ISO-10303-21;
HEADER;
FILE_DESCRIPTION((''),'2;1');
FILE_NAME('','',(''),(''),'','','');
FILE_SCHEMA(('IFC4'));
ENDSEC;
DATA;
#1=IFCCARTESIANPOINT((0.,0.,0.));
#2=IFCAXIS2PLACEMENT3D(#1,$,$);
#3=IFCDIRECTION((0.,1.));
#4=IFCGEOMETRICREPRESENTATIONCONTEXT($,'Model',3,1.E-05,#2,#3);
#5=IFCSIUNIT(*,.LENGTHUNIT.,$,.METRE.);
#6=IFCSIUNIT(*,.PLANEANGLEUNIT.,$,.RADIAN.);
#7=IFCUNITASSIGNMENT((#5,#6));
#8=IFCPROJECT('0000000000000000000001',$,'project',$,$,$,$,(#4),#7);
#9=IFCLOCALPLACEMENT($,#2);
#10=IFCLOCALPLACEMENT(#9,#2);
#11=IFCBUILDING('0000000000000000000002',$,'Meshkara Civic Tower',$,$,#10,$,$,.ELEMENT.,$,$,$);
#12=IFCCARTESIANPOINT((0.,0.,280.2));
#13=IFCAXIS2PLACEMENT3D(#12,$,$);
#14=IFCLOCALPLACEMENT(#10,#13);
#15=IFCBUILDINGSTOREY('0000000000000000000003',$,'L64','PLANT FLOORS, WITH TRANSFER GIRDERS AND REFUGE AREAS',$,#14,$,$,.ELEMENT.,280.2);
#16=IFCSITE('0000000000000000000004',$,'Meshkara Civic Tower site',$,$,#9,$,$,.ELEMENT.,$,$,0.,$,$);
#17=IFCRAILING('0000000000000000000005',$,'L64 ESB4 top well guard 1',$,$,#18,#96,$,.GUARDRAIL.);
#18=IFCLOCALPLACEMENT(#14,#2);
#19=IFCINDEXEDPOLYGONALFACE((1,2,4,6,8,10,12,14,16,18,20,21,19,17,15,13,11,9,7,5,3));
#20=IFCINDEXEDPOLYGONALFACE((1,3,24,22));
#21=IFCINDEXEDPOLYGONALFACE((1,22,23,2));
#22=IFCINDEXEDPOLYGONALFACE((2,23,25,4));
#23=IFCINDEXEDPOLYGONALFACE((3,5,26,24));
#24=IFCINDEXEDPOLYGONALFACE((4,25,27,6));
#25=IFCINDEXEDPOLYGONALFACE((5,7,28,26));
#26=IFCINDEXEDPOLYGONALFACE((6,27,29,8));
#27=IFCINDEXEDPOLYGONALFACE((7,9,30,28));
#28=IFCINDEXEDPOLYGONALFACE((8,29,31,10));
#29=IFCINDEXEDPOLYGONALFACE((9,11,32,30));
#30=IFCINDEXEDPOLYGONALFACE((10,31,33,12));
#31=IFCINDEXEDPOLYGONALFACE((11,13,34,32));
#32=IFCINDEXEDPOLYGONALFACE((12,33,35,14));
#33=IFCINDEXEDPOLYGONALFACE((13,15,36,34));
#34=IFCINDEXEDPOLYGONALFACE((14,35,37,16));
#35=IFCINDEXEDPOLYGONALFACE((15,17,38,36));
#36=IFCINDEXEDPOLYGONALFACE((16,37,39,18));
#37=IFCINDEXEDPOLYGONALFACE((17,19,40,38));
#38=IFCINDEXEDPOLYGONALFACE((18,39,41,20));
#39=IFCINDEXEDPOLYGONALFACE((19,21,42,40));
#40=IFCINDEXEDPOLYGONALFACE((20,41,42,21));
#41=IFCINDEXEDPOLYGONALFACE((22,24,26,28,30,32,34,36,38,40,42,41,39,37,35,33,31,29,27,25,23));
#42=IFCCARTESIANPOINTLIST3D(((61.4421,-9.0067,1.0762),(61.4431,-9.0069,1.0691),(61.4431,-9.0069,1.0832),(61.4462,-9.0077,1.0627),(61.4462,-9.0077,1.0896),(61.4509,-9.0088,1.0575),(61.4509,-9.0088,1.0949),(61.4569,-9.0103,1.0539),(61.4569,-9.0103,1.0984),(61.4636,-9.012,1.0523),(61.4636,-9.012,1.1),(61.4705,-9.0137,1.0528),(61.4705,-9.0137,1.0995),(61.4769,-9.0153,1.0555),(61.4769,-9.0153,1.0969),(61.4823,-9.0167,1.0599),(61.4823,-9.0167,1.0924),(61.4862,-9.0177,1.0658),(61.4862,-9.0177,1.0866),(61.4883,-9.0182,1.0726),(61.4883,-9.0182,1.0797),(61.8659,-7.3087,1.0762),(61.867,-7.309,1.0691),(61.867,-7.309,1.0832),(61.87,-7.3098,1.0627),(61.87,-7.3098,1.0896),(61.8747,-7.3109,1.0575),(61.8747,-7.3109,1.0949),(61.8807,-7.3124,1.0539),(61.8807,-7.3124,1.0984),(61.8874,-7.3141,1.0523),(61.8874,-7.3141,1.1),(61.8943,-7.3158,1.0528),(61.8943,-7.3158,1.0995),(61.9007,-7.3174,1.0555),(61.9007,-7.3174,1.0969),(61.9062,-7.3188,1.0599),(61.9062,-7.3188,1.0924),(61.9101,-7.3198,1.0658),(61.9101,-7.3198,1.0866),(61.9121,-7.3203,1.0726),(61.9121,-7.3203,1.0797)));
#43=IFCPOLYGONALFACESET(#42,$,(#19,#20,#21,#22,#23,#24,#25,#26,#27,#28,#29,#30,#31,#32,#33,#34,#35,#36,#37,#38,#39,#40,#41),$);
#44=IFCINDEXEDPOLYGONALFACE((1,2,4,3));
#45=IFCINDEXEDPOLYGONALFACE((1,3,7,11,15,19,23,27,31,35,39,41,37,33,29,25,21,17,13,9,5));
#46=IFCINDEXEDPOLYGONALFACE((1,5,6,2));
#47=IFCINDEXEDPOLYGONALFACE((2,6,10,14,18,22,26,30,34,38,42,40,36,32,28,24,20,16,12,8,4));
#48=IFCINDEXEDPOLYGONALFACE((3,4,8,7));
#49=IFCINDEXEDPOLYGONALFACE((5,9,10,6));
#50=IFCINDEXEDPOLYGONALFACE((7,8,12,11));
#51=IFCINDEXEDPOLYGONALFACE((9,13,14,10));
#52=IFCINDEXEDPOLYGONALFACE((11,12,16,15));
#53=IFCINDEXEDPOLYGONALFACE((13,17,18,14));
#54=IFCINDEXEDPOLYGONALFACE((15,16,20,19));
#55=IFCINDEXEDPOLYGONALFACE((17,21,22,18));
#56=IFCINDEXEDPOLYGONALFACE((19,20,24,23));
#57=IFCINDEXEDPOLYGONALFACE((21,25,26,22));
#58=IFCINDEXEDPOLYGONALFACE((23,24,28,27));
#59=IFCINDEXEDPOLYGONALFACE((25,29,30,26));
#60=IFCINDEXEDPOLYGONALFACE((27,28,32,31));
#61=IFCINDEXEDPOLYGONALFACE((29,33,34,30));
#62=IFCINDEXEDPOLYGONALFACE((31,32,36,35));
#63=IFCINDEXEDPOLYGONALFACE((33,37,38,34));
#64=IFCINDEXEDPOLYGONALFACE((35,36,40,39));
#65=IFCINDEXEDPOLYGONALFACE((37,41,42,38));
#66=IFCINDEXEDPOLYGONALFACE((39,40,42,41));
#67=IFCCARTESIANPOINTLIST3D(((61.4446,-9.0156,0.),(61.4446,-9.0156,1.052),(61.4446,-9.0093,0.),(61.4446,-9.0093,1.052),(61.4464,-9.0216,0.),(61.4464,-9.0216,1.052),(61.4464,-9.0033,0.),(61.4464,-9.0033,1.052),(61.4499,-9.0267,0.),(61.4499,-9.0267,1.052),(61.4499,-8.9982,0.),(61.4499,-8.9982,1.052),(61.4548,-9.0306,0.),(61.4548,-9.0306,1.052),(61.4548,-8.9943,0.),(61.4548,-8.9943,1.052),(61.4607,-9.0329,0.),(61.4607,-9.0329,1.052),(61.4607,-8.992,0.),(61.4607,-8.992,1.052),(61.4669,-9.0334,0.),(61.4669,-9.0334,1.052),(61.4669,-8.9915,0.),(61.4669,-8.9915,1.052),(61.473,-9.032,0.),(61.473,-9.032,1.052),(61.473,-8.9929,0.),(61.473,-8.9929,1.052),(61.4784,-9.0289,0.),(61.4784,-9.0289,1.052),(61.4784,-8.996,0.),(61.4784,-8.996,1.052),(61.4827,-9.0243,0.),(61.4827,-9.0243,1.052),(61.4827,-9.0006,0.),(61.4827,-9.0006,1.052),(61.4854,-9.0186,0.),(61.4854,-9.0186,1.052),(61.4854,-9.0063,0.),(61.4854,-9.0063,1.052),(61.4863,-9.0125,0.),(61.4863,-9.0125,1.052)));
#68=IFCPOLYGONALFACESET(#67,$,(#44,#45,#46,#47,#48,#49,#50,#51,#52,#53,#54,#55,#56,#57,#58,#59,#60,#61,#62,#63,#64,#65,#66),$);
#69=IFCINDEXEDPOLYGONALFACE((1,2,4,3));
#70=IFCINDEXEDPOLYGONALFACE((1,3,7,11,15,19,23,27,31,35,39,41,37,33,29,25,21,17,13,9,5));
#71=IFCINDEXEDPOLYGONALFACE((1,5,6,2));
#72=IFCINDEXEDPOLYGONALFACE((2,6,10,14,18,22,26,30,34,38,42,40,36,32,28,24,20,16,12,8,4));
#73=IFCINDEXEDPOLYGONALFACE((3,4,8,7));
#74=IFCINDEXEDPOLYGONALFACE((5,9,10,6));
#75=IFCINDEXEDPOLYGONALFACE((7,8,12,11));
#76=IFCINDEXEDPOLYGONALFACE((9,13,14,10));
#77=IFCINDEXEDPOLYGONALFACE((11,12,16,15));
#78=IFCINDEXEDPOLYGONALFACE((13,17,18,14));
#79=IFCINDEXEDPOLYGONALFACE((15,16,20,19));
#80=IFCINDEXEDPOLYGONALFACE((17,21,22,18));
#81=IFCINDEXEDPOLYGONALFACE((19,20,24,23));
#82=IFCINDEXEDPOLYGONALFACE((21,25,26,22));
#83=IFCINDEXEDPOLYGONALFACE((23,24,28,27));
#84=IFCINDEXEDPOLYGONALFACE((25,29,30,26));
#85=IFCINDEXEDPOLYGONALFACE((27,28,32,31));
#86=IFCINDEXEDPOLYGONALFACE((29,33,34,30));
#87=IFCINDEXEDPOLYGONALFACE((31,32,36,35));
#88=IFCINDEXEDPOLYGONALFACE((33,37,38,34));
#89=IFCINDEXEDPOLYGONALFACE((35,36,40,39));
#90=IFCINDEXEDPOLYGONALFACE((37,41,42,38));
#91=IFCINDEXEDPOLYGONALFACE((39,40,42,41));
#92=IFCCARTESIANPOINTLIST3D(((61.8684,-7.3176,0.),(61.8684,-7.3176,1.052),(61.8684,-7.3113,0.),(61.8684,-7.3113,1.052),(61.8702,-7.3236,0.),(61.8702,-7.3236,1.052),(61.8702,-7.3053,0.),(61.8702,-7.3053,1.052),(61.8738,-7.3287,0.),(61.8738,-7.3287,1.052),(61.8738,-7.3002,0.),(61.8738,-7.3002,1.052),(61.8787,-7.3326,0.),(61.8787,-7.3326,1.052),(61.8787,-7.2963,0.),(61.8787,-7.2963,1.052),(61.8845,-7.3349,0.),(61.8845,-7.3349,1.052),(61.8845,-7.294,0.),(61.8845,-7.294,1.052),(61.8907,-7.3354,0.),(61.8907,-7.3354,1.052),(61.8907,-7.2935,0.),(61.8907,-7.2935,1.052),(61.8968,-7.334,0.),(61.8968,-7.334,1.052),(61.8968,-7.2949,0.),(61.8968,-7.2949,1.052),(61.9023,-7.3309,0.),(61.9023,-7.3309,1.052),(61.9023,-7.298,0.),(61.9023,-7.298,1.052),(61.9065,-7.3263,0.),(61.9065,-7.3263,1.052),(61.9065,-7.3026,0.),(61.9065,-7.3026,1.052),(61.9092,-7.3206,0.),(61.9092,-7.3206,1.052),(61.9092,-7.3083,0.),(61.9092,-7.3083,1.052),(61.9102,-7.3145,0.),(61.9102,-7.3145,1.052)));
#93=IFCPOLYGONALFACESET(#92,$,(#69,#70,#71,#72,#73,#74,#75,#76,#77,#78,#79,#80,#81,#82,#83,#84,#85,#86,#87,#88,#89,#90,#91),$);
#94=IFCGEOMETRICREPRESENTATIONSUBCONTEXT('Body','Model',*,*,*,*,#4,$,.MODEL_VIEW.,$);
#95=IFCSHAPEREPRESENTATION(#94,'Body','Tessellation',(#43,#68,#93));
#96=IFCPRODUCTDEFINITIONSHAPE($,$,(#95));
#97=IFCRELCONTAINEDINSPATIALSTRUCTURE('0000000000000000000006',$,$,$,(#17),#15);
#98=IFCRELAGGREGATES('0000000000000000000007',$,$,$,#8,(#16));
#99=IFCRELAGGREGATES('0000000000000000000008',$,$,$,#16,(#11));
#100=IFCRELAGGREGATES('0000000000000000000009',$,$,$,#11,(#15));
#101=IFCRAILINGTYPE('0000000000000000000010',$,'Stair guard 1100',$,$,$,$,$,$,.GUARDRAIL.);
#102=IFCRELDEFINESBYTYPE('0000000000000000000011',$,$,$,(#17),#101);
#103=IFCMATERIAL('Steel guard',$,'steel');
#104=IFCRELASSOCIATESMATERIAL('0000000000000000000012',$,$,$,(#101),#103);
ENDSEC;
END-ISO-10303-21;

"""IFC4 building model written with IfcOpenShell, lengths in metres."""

from ifc_helpers import new_model, si_unit, direction, frame, origin, origin_2d, place, context, subcontext, project, spatial, circle, extrude, material, type_object, element, save


model = new_model("IFC4")

# Units and contexts
model_context = context("Model", 3, precision=1e-05, world=origin(), true_north=direction((0.0, 1.0)))
body_context = subcontext(model_context, "Body", "Model", "MODEL_VIEW")
ifc_project = project(units=[si_unit("LENGTHUNIT", "METRE"), si_unit("PLANEANGLEUNIT", "RADIAN")], contexts=[model_context])

# Site, building, storey
site_placement = place(None, origin())
site = spatial("IfcSite", under=ifc_project, at=site_placement, Name="Meshkara Civic Tower site", CompositionType="ELEMENT", RefElevation=0.0)
building_placement = place(site_placement, origin())
building = spatial("IfcBuilding", under=site, at=building_placement, Name="Meshkara Civic Tower", CompositionType="ELEMENT")
storey_placement = place(building_placement, frame((0.0, 0.0, 280.2)))
storey = spatial("IfcBuildingStorey", under=building, at=storey_placement, Name="L64", Description="PLANT FLOORS, WITH TRANSFER GIRDERS AND REFUGE AREAS", CompositionType="ELEMENT", Elevation=280.2)

# Railing
ifc_material_1 = material(Name="Steel guard", Category="steel")
railing_type = type_object("IfcRailingType", Name="Stair guard 1100", PredefinedType="GUARDRAIL", material=ifc_material_1)
railing_placement = place(storey_placement, frame((61.4653, -9.0125, 0.0)))
element("IfcRailing", 1, at=railing_placement, inside=storey, type_object=railing_type, Name="L64 ESB4 top well guard 1", PredefinedType="GUARDRAIL", context=body_context, shape_type="SweptSolid", body=[
    extrude(circle(Radius=0.0239, at=origin_2d()), frame((0.0, 0.0, 1.0762), z_axis=(0.242175, 0.970233, 0.0), x_axis=(-0.970233, 0.242175, 0.0)), (0.0, 0.0, 1.0), 1.75),
    extrude(circle(Radius=0.021, at=origin_2d()), origin(), (0.0, 0.0, 1.0), 1.052),
    extrude(circle(Radius=0.021, at=origin_2d()), frame((0.4238, 1.698, 0.0)), (0.0, 0.0, 1.0), 1.052),
])

save(model, "model.ifc")
